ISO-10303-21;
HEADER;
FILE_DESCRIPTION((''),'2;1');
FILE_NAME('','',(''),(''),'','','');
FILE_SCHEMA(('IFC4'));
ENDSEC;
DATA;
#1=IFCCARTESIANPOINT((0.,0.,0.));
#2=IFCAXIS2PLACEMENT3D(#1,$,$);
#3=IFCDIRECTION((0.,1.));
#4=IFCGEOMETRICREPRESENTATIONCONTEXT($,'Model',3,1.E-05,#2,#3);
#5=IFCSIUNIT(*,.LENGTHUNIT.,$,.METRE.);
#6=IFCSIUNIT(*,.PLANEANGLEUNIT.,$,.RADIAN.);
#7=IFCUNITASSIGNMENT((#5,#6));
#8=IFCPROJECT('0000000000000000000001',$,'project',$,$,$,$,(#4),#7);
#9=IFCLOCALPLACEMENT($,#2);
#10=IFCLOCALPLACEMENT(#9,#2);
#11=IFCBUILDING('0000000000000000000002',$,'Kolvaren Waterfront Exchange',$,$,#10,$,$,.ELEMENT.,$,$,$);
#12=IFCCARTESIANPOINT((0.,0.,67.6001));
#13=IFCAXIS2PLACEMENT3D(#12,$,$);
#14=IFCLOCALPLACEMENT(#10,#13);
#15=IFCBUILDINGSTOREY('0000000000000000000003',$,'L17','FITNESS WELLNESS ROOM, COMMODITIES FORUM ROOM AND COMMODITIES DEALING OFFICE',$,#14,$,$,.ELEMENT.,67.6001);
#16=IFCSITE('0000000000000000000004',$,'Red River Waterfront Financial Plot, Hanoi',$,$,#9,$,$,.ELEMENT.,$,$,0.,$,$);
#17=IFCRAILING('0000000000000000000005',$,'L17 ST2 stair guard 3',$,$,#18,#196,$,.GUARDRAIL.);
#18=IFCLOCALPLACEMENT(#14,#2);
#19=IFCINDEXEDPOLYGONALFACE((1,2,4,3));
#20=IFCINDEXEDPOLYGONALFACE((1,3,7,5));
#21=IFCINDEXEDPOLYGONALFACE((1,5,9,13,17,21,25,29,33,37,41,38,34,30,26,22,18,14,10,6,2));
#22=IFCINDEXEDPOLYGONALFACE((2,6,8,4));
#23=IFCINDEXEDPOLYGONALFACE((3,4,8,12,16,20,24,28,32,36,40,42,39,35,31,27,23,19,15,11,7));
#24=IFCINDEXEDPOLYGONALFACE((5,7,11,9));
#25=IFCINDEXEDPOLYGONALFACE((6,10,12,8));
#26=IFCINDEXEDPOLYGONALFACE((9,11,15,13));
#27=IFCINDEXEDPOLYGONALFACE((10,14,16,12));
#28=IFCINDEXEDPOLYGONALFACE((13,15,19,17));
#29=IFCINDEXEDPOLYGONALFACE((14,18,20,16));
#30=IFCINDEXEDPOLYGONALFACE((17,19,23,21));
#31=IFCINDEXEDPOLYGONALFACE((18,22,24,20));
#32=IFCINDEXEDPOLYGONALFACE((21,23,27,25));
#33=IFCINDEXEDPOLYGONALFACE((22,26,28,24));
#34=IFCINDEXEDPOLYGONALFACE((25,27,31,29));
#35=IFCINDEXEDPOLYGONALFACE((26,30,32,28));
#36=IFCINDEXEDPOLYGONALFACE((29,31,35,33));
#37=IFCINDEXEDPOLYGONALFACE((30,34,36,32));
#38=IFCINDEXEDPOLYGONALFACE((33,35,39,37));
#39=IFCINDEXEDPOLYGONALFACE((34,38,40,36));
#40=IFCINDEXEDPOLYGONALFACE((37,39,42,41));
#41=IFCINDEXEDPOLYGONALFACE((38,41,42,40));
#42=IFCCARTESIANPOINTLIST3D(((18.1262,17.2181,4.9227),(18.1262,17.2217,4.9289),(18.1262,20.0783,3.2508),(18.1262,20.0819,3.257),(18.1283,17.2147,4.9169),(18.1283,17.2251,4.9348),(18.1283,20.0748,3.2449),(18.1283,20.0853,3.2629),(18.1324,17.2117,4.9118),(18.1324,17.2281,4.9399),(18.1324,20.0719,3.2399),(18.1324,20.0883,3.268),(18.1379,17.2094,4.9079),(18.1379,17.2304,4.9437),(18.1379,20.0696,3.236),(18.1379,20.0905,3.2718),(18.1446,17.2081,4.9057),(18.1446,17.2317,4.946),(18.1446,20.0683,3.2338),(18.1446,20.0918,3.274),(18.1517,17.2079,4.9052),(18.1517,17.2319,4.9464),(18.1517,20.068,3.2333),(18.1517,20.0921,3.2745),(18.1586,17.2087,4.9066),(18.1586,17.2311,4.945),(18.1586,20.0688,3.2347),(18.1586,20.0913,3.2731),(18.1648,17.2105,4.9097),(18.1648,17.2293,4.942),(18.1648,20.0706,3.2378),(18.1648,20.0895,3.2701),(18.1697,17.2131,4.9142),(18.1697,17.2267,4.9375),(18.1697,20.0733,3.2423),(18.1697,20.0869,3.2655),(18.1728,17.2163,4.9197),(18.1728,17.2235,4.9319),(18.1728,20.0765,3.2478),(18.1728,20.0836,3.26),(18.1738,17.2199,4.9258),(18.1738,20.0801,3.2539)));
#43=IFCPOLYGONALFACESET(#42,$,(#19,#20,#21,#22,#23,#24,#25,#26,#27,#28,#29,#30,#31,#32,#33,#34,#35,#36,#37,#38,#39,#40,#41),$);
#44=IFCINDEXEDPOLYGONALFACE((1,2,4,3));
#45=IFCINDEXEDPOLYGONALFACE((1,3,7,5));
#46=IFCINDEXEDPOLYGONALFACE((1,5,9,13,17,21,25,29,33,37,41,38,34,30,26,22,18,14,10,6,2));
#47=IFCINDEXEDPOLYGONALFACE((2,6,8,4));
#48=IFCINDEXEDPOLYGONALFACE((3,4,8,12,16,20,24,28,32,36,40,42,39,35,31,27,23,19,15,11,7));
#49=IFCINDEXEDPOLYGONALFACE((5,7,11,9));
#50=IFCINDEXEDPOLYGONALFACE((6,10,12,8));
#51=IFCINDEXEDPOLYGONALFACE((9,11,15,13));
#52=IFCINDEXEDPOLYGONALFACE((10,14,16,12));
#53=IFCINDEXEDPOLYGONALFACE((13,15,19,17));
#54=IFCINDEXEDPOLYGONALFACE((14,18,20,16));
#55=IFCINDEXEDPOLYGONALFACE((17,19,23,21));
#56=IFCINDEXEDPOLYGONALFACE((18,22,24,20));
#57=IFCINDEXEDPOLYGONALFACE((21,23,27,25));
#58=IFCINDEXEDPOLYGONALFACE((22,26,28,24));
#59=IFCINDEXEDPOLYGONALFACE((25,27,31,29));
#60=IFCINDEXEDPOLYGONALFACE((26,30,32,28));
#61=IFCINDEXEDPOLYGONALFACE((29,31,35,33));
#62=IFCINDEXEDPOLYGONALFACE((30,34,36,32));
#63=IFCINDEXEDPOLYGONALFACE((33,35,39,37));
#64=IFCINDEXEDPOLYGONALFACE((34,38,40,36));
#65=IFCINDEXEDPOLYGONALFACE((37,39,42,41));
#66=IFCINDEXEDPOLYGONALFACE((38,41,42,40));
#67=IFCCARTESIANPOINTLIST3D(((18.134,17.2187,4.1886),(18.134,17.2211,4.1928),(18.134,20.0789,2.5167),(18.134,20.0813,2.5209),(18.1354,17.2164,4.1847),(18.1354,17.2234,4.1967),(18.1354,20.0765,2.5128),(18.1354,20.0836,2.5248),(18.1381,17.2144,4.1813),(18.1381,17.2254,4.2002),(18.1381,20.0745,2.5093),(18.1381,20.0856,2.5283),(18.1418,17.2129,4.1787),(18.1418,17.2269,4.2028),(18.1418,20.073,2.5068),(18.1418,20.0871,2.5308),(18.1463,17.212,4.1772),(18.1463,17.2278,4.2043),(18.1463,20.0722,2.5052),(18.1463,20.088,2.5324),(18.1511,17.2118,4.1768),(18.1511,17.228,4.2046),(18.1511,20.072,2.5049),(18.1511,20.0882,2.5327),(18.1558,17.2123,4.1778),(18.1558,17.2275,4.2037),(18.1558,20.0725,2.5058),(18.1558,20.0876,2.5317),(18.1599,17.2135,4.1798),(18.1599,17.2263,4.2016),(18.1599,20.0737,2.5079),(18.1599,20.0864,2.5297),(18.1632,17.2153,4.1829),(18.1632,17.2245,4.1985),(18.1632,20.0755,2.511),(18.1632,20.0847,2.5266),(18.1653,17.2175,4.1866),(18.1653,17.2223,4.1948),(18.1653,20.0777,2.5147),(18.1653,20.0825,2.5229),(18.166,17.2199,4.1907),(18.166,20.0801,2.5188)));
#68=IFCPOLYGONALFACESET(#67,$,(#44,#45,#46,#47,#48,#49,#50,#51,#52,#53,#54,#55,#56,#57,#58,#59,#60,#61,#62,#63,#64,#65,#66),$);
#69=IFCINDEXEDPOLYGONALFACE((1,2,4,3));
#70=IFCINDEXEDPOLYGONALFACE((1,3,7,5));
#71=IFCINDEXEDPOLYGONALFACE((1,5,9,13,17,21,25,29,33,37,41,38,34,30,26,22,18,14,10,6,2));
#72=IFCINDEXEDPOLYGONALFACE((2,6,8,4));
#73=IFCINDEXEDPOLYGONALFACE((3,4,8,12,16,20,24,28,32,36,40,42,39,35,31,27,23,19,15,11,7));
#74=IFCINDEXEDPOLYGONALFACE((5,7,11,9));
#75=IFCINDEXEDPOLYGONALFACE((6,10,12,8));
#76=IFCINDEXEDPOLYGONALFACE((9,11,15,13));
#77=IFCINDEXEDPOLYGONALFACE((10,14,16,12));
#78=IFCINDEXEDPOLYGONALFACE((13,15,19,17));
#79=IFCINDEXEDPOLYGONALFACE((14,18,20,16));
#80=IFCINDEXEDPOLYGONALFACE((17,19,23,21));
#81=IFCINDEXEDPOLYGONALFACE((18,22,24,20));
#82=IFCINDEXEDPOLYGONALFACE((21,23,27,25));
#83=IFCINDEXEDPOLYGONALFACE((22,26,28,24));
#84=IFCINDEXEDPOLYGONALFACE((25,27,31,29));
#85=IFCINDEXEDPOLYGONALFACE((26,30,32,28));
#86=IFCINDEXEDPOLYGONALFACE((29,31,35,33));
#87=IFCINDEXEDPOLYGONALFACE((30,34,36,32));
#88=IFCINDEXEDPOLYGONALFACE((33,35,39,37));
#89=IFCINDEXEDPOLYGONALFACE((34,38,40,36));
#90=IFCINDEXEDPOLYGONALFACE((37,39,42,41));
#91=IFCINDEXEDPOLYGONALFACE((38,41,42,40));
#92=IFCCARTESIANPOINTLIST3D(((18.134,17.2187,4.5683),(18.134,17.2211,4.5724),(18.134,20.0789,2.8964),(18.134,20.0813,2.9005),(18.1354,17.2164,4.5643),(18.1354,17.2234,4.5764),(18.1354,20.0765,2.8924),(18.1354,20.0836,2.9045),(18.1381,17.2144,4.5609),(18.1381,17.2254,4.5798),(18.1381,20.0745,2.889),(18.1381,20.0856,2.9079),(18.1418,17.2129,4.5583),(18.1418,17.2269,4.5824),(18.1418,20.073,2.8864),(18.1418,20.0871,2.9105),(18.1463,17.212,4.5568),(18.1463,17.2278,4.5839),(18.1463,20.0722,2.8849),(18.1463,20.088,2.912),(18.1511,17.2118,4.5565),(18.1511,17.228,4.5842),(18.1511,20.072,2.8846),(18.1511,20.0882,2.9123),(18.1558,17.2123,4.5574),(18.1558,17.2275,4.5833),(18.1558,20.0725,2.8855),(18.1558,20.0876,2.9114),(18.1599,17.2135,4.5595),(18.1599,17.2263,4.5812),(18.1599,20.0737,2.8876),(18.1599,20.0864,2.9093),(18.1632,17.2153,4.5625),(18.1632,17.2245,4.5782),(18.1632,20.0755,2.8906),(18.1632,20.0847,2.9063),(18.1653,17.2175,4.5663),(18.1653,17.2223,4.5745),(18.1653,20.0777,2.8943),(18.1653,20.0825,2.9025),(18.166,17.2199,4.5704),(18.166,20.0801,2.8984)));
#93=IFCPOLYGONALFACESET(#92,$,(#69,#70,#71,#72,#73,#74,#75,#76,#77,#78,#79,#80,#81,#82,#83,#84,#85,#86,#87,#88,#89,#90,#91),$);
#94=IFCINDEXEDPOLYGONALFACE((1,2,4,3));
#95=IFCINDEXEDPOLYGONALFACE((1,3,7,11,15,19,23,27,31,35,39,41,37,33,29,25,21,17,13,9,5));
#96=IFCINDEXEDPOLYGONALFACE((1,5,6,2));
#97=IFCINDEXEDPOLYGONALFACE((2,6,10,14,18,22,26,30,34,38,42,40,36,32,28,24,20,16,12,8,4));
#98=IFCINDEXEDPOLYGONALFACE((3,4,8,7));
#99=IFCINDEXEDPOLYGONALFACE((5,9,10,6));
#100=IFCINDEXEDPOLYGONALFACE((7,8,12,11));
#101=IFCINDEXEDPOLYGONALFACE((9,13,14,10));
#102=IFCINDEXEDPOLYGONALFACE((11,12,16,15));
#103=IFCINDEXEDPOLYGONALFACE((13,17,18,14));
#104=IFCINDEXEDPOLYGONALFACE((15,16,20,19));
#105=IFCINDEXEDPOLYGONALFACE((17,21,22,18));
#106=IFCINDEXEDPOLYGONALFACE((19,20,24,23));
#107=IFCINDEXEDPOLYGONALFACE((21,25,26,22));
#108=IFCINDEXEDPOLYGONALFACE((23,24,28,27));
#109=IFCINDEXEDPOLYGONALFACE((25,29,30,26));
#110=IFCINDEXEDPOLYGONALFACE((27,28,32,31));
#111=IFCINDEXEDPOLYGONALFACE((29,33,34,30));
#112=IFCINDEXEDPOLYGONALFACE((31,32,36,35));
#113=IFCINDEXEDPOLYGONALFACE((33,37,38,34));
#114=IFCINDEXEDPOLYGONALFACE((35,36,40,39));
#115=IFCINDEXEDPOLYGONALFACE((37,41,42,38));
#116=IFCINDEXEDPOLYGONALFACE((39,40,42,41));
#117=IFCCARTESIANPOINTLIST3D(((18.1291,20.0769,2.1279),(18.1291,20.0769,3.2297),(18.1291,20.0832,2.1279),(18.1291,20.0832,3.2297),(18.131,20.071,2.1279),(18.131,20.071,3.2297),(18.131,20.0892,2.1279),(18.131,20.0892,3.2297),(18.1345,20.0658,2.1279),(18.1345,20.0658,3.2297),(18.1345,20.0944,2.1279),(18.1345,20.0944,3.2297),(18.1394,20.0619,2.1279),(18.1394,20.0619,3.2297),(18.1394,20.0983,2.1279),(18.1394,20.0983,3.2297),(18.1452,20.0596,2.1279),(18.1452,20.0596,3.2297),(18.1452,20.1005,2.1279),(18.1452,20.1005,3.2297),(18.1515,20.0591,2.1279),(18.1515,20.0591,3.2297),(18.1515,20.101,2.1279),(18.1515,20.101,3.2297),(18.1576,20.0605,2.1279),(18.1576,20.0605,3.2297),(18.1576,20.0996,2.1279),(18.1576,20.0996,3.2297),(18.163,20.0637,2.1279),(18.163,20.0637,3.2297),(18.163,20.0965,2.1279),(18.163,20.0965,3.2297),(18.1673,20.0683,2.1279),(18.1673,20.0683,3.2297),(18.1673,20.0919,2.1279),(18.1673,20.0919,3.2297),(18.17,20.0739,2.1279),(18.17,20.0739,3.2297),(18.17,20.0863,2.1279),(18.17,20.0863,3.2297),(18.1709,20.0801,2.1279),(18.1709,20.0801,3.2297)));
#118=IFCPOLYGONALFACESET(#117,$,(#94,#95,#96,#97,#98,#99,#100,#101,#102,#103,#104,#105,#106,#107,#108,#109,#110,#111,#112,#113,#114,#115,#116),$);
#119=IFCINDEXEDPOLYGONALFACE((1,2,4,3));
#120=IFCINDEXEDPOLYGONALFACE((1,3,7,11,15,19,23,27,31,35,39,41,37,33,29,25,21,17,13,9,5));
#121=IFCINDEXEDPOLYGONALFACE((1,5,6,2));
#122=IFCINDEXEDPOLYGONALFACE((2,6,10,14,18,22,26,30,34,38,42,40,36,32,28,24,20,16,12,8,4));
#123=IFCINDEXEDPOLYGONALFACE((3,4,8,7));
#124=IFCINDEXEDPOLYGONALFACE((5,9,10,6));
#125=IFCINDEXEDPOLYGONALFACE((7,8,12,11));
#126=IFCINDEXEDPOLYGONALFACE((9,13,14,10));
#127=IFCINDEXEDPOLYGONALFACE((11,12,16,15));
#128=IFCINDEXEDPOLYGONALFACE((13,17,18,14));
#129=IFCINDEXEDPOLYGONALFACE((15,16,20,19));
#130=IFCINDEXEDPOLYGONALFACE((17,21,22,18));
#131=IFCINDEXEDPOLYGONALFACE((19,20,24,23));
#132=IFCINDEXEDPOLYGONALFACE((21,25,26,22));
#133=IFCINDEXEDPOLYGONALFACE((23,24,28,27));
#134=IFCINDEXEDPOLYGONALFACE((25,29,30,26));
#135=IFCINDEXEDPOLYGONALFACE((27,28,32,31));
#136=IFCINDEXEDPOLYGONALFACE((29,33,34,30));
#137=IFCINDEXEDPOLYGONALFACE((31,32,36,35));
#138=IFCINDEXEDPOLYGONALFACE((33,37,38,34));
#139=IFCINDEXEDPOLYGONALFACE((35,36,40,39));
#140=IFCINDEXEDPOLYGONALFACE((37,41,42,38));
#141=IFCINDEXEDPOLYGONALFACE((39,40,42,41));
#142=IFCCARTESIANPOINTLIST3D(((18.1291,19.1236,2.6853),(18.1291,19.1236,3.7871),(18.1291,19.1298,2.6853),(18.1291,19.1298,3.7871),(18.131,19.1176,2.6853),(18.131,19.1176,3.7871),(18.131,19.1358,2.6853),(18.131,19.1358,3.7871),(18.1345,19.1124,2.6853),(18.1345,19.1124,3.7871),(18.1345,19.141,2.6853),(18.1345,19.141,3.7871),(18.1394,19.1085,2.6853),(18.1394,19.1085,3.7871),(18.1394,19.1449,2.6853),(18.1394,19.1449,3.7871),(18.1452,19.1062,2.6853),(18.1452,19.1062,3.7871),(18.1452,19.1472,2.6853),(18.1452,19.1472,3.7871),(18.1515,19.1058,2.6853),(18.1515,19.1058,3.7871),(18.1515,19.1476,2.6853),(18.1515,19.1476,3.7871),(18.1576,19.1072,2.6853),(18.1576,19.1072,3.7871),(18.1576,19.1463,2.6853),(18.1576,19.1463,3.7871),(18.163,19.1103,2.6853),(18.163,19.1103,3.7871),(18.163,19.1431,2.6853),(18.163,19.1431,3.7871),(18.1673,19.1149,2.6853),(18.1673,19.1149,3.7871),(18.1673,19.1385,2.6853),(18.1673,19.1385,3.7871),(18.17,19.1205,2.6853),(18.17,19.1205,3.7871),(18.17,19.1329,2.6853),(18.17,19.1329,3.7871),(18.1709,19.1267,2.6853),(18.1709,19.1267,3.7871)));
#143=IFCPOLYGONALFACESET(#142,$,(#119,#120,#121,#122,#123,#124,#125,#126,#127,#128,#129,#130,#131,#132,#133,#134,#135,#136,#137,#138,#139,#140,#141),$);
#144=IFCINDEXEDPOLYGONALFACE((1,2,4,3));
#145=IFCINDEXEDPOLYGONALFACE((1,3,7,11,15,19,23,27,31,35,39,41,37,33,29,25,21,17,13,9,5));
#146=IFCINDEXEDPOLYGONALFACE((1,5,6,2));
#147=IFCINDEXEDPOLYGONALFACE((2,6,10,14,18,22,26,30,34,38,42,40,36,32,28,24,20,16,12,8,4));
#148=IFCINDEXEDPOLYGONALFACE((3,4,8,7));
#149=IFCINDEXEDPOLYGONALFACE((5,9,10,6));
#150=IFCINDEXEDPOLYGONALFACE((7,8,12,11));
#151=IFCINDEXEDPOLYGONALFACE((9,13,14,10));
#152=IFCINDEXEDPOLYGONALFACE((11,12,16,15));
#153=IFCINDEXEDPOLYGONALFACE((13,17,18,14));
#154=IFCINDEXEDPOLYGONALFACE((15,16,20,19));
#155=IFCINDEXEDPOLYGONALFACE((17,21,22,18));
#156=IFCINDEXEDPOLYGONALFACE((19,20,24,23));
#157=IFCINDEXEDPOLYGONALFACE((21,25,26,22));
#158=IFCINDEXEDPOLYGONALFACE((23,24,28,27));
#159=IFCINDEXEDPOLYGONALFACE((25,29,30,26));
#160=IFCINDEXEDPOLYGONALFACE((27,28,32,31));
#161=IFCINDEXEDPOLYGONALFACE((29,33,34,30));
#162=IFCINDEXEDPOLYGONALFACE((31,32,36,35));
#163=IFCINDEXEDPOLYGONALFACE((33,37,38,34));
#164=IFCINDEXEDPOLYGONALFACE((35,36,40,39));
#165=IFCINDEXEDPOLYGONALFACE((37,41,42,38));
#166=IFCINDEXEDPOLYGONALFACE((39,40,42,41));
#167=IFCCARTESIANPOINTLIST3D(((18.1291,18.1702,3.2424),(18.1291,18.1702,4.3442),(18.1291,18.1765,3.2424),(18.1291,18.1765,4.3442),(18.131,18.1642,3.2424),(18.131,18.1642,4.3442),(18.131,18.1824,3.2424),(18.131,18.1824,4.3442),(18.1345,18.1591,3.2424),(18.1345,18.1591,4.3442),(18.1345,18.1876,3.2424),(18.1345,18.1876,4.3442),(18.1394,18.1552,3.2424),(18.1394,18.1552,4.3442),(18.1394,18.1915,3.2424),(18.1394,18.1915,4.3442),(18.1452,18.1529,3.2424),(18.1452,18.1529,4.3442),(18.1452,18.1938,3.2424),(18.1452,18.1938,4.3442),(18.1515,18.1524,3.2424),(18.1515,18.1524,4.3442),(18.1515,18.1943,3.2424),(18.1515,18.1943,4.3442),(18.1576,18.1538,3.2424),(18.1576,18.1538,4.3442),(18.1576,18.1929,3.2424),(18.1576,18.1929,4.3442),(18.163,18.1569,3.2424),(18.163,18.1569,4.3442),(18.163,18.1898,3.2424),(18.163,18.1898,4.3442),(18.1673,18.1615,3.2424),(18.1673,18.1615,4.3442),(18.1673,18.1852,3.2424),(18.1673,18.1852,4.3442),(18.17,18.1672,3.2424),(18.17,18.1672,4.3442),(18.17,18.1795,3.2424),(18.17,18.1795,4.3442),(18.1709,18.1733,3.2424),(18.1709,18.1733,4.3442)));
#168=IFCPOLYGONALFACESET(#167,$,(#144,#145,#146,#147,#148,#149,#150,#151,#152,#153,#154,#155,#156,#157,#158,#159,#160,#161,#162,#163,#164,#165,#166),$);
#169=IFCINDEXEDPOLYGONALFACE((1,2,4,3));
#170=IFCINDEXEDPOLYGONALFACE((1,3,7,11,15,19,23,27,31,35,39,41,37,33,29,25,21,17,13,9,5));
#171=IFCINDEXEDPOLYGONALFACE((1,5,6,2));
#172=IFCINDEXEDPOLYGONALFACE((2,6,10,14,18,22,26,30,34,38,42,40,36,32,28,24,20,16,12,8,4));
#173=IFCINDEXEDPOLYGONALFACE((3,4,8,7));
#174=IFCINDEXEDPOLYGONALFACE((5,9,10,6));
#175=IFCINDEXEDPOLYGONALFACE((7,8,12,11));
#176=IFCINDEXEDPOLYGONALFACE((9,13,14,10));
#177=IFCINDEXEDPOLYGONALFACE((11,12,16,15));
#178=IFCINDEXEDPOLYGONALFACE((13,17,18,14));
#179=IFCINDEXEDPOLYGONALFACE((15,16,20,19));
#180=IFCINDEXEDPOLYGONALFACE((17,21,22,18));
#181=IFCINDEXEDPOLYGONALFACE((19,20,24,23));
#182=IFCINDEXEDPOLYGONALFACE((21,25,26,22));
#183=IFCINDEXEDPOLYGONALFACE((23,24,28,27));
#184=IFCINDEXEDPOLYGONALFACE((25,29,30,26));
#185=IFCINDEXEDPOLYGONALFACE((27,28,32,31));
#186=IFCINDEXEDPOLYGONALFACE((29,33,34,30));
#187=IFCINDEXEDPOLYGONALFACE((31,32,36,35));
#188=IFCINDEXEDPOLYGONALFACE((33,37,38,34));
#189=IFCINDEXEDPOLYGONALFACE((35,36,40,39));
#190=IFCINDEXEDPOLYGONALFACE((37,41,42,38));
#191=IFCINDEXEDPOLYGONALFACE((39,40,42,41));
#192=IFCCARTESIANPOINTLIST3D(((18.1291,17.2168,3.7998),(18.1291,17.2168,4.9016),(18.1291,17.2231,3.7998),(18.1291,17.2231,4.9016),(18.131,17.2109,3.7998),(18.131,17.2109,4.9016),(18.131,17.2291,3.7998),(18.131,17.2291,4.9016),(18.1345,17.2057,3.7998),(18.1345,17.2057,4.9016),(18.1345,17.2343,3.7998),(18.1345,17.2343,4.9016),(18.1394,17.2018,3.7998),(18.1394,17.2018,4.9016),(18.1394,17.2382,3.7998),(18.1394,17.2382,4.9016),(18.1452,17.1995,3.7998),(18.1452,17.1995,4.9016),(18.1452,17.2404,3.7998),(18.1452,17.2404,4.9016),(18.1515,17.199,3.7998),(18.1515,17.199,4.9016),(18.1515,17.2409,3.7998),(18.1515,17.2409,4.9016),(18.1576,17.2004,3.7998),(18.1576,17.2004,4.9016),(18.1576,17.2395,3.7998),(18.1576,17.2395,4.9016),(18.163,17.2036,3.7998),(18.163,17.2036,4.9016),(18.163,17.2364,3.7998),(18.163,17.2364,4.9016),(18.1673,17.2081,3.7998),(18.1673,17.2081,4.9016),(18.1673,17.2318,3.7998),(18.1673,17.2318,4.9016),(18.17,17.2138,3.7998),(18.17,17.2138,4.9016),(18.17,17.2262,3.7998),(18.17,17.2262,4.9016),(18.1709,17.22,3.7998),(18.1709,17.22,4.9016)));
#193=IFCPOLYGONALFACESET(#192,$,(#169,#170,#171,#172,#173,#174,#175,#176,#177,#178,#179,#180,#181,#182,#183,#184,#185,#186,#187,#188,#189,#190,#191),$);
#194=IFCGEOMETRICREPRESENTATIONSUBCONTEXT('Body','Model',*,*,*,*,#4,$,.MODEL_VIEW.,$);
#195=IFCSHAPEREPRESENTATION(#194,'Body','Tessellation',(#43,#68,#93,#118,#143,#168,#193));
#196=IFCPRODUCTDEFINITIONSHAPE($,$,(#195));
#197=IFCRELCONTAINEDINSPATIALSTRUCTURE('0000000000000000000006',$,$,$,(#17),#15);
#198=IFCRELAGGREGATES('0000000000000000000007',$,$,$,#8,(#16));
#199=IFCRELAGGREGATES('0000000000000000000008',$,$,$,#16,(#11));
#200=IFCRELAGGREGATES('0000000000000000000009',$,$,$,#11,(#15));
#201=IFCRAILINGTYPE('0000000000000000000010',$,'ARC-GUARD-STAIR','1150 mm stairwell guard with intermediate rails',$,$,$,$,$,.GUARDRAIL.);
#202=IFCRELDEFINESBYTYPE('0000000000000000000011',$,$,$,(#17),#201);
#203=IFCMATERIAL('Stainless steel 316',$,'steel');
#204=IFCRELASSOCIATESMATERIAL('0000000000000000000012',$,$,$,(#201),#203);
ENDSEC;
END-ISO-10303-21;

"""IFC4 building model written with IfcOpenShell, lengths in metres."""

from ifc_helpers import new_model, si_unit, direction, frame, origin, origin_2d, place, context, subcontext, project, spatial, circle, extrude, material, type_object, element, save


model = new_model("IFC4")

# Units and contexts
model_context = context("Model", 3, precision=1e-05, world=origin(), true_north=direction((0.0, 1.0)))
body_context = subcontext(model_context, "Body", "Model", "MODEL_VIEW")
ifc_project = project(units=[si_unit("LENGTHUNIT", "METRE"), si_unit("PLANEANGLEUNIT", "RADIAN")], contexts=[model_context])

# Site, building, storey
site_placement = place(None, origin())
site = spatial("IfcSite", under=ifc_project, at=site_placement, Name="Red River Waterfront Financial Plot, Hanoi", CompositionType="ELEMENT", RefElevation=0.0)
building_placement = place(site_placement, origin())
building = spatial("IfcBuilding", under=site, at=building_placement, Name="Kolvaren Waterfront Exchange", CompositionType="ELEMENT")
storey_placement = place(building_placement, frame((0.0, 0.0, 67.6001)))
storey = spatial("IfcBuildingStorey", under=building, at=storey_placement, Name="L17", Description="FITNESS WELLNESS ROOM, COMMODITIES FORUM ROOM AND COMMODITIES DEALING OFFICE", CompositionType="ELEMENT", Elevation=67.6001)

# Railing
ifc_material_1 = material(Name="Stainless steel 316", Category="steel")
railing_type_1 = type_object("IfcRailingType", Name="ARC-GUARD-STAIR", Description="1150 mm stairwell guard with intermediate rails", PredefinedType="GUARDRAIL", material=ifc_material_1)
railing_1_placement = place(storey_placement, frame((18.1499, 20.0801, 2.1279)))
element("IfcRailing", 1, at=railing_1_placement, inside=storey, type_object=railing_type_1, Name="L17 ST2 stair guard 3", PredefinedType="GUARDRAIL", context=body_context, shape_type="SweptSolid", body=[
    extrude(circle(Radius=0.0239, at=origin_2d()), frame((0.0, 0.0, 1.126), z_axis=(0.0, -0.863321, 0.504654), x_axis=(1.0, 0.0, 0.0)), (0.0, 0.0, 1.0), 3.313),
    extrude(circle(Radius=0.0161, at=origin_2d()), frame((0.0, 0.0, 0.3909), z_axis=(0.0, -0.863321, 0.504654), x_axis=(1.0, 0.0, 0.0)), (0.0, 0.0, 1.0), 3.313),
    extrude(circle(Radius=0.0161, at=origin_2d()), frame((0.0, 0.0, 0.7705), z_axis=(0.0, -0.863321, 0.504654), x_axis=(1.0, 0.0, 0.0)), (0.0, 0.0, 1.0), 3.313),
    extrude(circle(Radius=0.021, at=origin_2d()), origin(), (0.0, 0.0, 1.0), 1.1018),
    extrude(circle(Radius=0.021, at=origin_2d()), frame((0.0, -0.9534, 0.5574)), (0.0, 0.0, 1.0), 1.1018),
    extrude(circle(Radius=0.021, at=origin_2d()), frame((0.0, -1.9067, 1.1145)), (0.0, 0.0, 1.0), 1.1018),
    extrude(circle(Radius=0.021, at=origin_2d()), frame((0.0, -2.8601, 1.6719)), (0.0, 0.0, 1.0), 1.1018),
])

save(model, "model.ifc")
